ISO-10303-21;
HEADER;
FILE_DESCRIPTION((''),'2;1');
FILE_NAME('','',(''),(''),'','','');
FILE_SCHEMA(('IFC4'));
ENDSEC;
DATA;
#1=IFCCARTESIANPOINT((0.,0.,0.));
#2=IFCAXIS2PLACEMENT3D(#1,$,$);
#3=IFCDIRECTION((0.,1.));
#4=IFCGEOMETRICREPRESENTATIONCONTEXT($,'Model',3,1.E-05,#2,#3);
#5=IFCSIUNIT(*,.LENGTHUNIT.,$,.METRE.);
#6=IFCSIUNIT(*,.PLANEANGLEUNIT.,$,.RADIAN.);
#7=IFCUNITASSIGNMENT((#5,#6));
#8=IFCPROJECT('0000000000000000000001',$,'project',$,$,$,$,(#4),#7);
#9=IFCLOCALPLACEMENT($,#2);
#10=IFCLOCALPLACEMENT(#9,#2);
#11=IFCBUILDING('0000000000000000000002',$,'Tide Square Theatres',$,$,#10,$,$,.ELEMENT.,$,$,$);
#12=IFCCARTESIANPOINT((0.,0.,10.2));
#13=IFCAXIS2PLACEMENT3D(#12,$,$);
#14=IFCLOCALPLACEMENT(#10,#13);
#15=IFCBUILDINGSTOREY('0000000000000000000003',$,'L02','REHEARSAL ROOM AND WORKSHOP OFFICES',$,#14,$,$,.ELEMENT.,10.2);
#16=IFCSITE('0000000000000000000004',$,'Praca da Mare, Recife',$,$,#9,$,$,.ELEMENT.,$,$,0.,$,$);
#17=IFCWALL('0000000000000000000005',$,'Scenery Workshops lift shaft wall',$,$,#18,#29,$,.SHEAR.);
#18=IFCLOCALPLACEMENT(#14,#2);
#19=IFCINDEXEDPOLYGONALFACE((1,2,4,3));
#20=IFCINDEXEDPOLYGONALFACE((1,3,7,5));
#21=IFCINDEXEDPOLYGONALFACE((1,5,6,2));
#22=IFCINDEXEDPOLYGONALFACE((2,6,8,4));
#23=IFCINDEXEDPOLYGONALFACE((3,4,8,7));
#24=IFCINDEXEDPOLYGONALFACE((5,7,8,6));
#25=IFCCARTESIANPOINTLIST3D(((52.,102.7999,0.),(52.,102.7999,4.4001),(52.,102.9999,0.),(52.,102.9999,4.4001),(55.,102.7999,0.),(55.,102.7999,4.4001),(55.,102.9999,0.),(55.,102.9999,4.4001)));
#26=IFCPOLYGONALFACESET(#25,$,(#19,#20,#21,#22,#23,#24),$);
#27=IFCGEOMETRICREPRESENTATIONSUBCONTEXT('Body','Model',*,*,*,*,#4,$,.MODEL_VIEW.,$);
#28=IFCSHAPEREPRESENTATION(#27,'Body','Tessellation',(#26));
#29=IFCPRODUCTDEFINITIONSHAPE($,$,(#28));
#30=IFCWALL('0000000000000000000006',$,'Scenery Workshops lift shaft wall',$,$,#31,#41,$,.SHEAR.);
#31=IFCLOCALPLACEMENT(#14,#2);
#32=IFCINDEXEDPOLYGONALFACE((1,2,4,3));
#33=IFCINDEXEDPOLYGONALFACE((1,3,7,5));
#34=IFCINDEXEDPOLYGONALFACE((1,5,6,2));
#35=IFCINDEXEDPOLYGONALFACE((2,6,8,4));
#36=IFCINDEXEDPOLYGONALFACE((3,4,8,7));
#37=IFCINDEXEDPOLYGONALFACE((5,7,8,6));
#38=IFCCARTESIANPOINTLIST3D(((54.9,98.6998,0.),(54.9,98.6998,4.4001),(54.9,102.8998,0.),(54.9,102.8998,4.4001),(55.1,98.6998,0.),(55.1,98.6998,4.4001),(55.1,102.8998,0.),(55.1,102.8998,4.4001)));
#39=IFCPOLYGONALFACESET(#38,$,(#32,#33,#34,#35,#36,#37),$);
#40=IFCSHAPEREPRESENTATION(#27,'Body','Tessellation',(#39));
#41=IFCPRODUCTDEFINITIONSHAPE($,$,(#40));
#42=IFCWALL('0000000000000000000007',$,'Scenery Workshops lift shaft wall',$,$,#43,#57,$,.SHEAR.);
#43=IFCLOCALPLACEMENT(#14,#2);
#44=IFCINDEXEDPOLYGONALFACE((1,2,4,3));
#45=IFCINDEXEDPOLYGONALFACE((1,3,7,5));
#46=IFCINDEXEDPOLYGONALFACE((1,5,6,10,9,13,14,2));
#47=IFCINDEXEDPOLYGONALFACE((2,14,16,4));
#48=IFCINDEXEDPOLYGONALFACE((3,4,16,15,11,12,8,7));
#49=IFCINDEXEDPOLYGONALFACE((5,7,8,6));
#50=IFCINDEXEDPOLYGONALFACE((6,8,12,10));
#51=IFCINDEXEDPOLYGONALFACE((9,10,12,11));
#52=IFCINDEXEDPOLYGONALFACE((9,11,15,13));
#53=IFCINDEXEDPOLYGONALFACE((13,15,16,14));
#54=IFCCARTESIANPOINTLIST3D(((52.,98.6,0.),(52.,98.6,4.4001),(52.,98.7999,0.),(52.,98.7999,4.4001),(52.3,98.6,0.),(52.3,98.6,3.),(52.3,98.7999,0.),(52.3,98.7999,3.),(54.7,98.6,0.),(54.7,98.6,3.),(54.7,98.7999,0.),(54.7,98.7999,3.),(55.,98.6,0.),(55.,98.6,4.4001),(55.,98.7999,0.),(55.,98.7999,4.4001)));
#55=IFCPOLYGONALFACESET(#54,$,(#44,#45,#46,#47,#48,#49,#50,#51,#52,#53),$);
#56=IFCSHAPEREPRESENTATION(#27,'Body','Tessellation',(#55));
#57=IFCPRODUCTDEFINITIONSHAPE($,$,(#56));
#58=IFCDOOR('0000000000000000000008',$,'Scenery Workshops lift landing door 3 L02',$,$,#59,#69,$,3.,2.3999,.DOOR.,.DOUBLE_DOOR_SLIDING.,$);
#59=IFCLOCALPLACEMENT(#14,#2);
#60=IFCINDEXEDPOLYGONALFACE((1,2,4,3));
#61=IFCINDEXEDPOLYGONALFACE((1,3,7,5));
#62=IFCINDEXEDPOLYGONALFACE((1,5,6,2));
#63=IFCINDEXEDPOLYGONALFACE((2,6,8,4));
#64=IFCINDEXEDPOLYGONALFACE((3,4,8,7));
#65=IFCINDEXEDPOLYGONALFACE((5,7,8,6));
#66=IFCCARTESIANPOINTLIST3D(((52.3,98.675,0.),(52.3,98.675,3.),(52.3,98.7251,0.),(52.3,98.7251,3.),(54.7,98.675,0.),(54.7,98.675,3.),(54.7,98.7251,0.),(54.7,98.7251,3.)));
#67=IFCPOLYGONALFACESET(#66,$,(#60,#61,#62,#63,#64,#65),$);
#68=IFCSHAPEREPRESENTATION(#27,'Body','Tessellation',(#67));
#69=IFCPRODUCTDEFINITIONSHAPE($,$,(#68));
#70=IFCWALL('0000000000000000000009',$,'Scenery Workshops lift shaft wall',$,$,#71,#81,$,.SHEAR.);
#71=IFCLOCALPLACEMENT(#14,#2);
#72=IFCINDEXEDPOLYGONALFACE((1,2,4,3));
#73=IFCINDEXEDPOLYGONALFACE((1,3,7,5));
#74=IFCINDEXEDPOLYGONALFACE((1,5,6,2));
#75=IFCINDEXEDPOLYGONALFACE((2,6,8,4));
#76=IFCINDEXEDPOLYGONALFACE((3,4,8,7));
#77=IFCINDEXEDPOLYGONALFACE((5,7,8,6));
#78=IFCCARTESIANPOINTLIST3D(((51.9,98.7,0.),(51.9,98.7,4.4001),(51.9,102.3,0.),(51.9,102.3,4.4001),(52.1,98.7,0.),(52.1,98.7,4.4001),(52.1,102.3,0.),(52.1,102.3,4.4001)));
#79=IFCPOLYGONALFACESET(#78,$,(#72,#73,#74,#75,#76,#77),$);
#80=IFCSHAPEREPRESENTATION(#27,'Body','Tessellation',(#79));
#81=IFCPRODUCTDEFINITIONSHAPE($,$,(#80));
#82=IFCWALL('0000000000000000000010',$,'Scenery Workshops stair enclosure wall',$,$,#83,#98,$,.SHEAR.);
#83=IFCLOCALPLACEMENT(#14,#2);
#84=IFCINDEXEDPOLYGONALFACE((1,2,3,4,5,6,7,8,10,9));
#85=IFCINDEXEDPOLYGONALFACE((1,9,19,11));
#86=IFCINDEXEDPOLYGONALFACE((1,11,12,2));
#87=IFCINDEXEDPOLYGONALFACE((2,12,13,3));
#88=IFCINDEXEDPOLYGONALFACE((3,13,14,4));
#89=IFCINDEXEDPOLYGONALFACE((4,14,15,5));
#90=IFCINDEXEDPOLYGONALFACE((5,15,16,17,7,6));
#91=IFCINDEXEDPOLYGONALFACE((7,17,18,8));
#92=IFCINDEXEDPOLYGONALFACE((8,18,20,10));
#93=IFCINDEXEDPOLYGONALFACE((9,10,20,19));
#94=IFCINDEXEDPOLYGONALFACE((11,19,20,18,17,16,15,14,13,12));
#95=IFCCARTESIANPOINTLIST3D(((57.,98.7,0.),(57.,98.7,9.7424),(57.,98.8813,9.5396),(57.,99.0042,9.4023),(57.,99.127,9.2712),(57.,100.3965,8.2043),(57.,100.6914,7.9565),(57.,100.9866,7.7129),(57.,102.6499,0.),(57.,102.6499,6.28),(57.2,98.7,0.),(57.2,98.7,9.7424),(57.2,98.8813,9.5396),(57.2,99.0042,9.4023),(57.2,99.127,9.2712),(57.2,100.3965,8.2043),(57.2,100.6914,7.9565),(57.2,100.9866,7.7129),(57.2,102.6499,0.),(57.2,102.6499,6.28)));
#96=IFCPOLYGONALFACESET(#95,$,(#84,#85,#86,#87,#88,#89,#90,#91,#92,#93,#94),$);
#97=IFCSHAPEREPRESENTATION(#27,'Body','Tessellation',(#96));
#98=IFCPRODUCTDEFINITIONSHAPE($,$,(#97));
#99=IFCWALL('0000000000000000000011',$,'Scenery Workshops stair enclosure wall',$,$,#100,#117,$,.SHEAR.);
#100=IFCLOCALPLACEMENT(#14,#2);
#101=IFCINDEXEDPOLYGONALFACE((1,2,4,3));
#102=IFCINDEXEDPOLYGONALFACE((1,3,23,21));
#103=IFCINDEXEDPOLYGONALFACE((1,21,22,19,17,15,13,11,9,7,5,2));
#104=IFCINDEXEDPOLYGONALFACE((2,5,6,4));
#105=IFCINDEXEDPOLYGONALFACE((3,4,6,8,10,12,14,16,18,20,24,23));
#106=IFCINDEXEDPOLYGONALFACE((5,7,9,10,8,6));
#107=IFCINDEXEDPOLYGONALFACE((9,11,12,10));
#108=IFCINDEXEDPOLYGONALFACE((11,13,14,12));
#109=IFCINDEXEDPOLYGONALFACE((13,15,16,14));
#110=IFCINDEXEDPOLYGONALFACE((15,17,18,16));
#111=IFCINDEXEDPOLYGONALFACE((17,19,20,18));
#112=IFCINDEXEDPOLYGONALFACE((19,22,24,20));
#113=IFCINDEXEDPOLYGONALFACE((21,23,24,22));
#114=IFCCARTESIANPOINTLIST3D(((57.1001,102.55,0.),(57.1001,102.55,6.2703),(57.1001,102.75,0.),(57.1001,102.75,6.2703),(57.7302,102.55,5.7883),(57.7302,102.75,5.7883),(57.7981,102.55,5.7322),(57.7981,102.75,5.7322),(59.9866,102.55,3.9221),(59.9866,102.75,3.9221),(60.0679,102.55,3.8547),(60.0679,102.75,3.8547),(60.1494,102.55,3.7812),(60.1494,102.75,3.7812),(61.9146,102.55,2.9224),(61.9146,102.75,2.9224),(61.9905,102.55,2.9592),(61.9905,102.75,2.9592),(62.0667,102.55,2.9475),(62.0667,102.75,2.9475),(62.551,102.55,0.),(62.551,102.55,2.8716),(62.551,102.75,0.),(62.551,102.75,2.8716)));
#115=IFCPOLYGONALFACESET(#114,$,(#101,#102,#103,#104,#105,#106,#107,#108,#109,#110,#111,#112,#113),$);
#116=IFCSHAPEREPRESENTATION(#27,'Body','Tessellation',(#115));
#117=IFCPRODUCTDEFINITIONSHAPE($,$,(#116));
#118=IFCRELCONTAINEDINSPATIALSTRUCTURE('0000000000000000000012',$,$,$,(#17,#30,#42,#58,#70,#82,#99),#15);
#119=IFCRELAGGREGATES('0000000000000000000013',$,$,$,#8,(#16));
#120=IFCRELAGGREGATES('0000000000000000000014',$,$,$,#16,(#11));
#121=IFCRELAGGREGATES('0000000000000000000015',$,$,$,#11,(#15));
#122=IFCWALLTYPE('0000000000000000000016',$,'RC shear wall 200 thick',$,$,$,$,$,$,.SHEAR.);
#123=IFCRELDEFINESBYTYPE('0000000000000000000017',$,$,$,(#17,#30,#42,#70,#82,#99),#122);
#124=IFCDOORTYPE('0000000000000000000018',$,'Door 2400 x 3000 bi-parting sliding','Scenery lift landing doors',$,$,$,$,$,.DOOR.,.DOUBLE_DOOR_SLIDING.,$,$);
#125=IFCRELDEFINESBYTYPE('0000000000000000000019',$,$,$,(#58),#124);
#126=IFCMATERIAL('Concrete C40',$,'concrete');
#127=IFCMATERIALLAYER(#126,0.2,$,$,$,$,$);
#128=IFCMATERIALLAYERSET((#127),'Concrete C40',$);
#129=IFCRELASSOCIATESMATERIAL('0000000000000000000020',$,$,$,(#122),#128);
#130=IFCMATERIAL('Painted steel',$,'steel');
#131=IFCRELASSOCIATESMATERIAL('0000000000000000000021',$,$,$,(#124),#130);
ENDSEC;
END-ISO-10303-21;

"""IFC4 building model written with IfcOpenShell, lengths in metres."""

from ifc_helpers import new_model, si_unit, direction, frame, frame_2d, origin, place, context, subcontext, project, spatial, polyline, rectangle, outline, extrude, material, layer, layer_set, type_object, element, fill, save


model = new_model("IFC4")

# Units and contexts
model_context = context("Model", 3, precision=1e-05, world=origin(), true_north=direction((0.0, 1.0)))
body_context = subcontext(model_context, "Body", "Model", "MODEL_VIEW")
ifc_project = project(units=[si_unit("LENGTHUNIT", "METRE"), si_unit("PLANEANGLEUNIT", "RADIAN")], contexts=[model_context])

# Site, building, storey
site_placement = place(None, origin())
site = spatial("IfcSite", under=ifc_project, at=site_placement, Name="Praca da Mare, Recife", CompositionType="ELEMENT", RefElevation=0.0)
building_placement = place(site_placement, origin())
building = spatial("IfcBuilding", under=site, at=building_placement, Name="Tide Square Theatres", CompositionType="ELEMENT")
storey_placement = place(building_placement, frame((0.0, 0.0, 10.2)))
storey = spatial("IfcBuildingStorey", under=building, at=storey_placement, Name="L02", Description="REHEARSAL ROOM AND WORKSHOP OFFICES", CompositionType="ELEMENT", Elevation=10.2)

# Shared definitions
ifc_material_1 = material(Name="Concrete C40", Category="concrete")
ifc_layer_1 = layer(ifc_material_1, 0.2)
ifc_layer_set_1 = layer_set([ifc_layer_1], Name="Concrete C40")
wall_type_1 = type_object("IfcWallType", Name="RC shear wall 200 thick", PredefinedType="SHEAR", material=ifc_layer_set_1)

# Walls
wall_1_placement = place(storey_placement, frame((52.0, 102.8999, 0.0), z_axis=(0.0, 0.0, 1.0), x_axis=(1.0, 0.0, 0.0)))
element("IfcWall", 1, at=wall_1_placement, inside=storey, type_object=wall_type_1, Name="Scenery Workshops lift shaft wall", PredefinedType="SHEAR", context=body_context, shape_type="SweptSolid", body=[
    extrude(rectangle(XDim=3.0, YDim=0.2, at=frame_2d((1.5, 0.0))), origin(), (0.0, 0.0, 1.0), 4.4001),
])
wall_2_placement = place(storey_placement, frame((55.0, 102.8999, 0.0), z_axis=(0.0, 0.0, 1.0), x_axis=(0.0, -1.0, 0.0)))
element("IfcWall", 2, at=wall_2_placement, inside=storey, type_object=wall_type_1, Name="Scenery Workshops lift shaft wall", PredefinedType="SHEAR", context=body_context, shape_type="SweptSolid", body=[
    extrude(rectangle(XDim=4.2, YDim=0.2, at=frame_2d((2.1001, 0.0))), origin(), (0.0, 0.0, 1.0), 4.4001),
])

# Wall, opening, door
wall_3_placement = place(storey_placement, frame((55.0, 98.7, 0.0), z_axis=(0.0, 0.0, 1.0), x_axis=(-1.0, 0.0, 0.0)))
wall_3 = element("IfcWall", 3, at=wall_3_placement, inside=storey, type_object=wall_type_1, Name="Scenery Workshops lift shaft wall", PredefinedType="SHEAR", context=body_context, shape_type="SweptSolid", body=[
    extrude(rectangle(XDim=3.0, YDim=0.2, at=frame_2d((1.5, 0.0))), origin(), (0.0, 0.0, 1.0), 4.4001),
])
opening_1_placement = place(wall_3_placement, frame((0.3, 0.0, 0.0)))
opening_1 = element("IfcOpeningElement", 4, at=opening_1_placement, cuts=wall_3, PredefinedType="OPENING", context=body_context, shape_type="SweptSolid", body=[
    extrude(rectangle(XDim=2.3999, YDim=3.0, at=frame_2d((1.2, 1.5))), frame((0.0, 0.1099, 0.0), z_axis=(0.0, -1.0, 0.0), x_axis=(1.0, 0.0, 0.0)), (0.0, 0.0, 1.0), 0.22),
])
ifc_material_2 = material(Name="Painted steel", Category="steel")
door_type_1 = type_object("IfcDoorType", Name="Door 2400 x 3000 bi-parting sliding", Description="Scenery lift landing doors", OperationType="DOUBLE_DOOR_SLIDING", PredefinedType="DOOR", material=ifc_material_2)
door_1_placement = place(opening_1_placement, origin())
door_1 = element("IfcDoor", 5, at=door_1_placement, inside=storey, type_object=door_type_1, Name="Scenery Workshops lift landing door 3 L02", OperationType="DOUBLE_DOOR_SLIDING", OverallHeight=3.0, OverallWidth=2.3999, PredefinedType="DOOR", context=body_context, shape_type="SweptSolid", body=[
    extrude(rectangle(XDim=2.3999, YDim=3.0, at=frame_2d((1.2, 1.5))), frame((0.0, 0.0249, 0.0), z_axis=(0.0, -1.0, 0.0), x_axis=(1.0, 0.0, 0.0)), (0.0, 0.0, 1.0), 0.05),
])
fill(opening_1, door_1)

# Walls
wall_4_placement = place(storey_placement, frame((52.0, 102.3, 0.0), z_axis=(0.0, 0.0, 1.0), x_axis=(0.0, -1.0, 0.0)))
element("IfcWall", 6, at=wall_4_placement, inside=storey, type_object=wall_type_1, Name="Scenery Workshops lift shaft wall", PredefinedType="SHEAR", context=body_context, shape_type="SweptSolid", body=[
    extrude(rectangle(XDim=3.6001, YDim=0.2, at=frame_2d((1.8, 0.0))), origin(), (0.0, 0.0, 1.0), 4.4001),
])
wall_5_placement = place(storey_placement, frame((57.1001, 98.7, 0.0), z_axis=(0.0, 0.0, 1.0), x_axis=(0.0, 1.0, 0.0)))
element("IfcWall", 7, at=wall_5_placement, inside=storey, type_object=wall_type_1, Name="Scenery Workshops stair enclosure wall", PredefinedType="SHEAR", context=body_context, shape_type="SweptSolid", body=[
    extrude(outline(polyline([(0.0, 0.0), (3.95, 0.0), (3.95, 6.28), (2.2866, 7.7129), (1.9915, 7.9565), (1.6965, 8.2043), (0.427, 9.2712), (0.3042, 9.4023), (0.1814, 9.5396), (0.0, 9.7424), (0.0, 0.0)])), frame((0.0, 0.1001, 0.0), z_axis=(0.0, -1.0, 0.0), x_axis=(1.0, 0.0, 0.0)), (0.0, 0.0, 1.0), 0.2),
])
wall_6_placement = place(storey_placement, frame((57.1001, 102.6499, 0.0), z_axis=(0.0, 0.0, 1.0), x_axis=(1.0, 0.0, 0.0)))
element("IfcWall", 8, at=wall_6_placement, inside=storey, type_object=wall_type_1, Name="Scenery Workshops stair enclosure wall", PredefinedType="SHEAR", context=body_context, shape_type="SweptSolid", body=[
    extrude(outline(polyline([(0.0, 0.0), (5.4509, 0.0), (5.4509, 2.8716), (4.9666, 2.9475), (4.8904, 2.9592), (4.8145, 2.9224), (3.0493, 3.7812), (2.9678, 3.8547), (2.8865, 3.9221), (0.698, 5.7322), (0.6301, 5.7883), (0.0, 6.2703), (0.0, 0.0)])), frame((0.0, 0.1001, 0.0), z_axis=(0.0, -1.0, 0.0), x_axis=(1.0, 0.0, 0.0)), (0.0, 0.0, 1.0), 0.2),
])

save(model, "model.ifc")
